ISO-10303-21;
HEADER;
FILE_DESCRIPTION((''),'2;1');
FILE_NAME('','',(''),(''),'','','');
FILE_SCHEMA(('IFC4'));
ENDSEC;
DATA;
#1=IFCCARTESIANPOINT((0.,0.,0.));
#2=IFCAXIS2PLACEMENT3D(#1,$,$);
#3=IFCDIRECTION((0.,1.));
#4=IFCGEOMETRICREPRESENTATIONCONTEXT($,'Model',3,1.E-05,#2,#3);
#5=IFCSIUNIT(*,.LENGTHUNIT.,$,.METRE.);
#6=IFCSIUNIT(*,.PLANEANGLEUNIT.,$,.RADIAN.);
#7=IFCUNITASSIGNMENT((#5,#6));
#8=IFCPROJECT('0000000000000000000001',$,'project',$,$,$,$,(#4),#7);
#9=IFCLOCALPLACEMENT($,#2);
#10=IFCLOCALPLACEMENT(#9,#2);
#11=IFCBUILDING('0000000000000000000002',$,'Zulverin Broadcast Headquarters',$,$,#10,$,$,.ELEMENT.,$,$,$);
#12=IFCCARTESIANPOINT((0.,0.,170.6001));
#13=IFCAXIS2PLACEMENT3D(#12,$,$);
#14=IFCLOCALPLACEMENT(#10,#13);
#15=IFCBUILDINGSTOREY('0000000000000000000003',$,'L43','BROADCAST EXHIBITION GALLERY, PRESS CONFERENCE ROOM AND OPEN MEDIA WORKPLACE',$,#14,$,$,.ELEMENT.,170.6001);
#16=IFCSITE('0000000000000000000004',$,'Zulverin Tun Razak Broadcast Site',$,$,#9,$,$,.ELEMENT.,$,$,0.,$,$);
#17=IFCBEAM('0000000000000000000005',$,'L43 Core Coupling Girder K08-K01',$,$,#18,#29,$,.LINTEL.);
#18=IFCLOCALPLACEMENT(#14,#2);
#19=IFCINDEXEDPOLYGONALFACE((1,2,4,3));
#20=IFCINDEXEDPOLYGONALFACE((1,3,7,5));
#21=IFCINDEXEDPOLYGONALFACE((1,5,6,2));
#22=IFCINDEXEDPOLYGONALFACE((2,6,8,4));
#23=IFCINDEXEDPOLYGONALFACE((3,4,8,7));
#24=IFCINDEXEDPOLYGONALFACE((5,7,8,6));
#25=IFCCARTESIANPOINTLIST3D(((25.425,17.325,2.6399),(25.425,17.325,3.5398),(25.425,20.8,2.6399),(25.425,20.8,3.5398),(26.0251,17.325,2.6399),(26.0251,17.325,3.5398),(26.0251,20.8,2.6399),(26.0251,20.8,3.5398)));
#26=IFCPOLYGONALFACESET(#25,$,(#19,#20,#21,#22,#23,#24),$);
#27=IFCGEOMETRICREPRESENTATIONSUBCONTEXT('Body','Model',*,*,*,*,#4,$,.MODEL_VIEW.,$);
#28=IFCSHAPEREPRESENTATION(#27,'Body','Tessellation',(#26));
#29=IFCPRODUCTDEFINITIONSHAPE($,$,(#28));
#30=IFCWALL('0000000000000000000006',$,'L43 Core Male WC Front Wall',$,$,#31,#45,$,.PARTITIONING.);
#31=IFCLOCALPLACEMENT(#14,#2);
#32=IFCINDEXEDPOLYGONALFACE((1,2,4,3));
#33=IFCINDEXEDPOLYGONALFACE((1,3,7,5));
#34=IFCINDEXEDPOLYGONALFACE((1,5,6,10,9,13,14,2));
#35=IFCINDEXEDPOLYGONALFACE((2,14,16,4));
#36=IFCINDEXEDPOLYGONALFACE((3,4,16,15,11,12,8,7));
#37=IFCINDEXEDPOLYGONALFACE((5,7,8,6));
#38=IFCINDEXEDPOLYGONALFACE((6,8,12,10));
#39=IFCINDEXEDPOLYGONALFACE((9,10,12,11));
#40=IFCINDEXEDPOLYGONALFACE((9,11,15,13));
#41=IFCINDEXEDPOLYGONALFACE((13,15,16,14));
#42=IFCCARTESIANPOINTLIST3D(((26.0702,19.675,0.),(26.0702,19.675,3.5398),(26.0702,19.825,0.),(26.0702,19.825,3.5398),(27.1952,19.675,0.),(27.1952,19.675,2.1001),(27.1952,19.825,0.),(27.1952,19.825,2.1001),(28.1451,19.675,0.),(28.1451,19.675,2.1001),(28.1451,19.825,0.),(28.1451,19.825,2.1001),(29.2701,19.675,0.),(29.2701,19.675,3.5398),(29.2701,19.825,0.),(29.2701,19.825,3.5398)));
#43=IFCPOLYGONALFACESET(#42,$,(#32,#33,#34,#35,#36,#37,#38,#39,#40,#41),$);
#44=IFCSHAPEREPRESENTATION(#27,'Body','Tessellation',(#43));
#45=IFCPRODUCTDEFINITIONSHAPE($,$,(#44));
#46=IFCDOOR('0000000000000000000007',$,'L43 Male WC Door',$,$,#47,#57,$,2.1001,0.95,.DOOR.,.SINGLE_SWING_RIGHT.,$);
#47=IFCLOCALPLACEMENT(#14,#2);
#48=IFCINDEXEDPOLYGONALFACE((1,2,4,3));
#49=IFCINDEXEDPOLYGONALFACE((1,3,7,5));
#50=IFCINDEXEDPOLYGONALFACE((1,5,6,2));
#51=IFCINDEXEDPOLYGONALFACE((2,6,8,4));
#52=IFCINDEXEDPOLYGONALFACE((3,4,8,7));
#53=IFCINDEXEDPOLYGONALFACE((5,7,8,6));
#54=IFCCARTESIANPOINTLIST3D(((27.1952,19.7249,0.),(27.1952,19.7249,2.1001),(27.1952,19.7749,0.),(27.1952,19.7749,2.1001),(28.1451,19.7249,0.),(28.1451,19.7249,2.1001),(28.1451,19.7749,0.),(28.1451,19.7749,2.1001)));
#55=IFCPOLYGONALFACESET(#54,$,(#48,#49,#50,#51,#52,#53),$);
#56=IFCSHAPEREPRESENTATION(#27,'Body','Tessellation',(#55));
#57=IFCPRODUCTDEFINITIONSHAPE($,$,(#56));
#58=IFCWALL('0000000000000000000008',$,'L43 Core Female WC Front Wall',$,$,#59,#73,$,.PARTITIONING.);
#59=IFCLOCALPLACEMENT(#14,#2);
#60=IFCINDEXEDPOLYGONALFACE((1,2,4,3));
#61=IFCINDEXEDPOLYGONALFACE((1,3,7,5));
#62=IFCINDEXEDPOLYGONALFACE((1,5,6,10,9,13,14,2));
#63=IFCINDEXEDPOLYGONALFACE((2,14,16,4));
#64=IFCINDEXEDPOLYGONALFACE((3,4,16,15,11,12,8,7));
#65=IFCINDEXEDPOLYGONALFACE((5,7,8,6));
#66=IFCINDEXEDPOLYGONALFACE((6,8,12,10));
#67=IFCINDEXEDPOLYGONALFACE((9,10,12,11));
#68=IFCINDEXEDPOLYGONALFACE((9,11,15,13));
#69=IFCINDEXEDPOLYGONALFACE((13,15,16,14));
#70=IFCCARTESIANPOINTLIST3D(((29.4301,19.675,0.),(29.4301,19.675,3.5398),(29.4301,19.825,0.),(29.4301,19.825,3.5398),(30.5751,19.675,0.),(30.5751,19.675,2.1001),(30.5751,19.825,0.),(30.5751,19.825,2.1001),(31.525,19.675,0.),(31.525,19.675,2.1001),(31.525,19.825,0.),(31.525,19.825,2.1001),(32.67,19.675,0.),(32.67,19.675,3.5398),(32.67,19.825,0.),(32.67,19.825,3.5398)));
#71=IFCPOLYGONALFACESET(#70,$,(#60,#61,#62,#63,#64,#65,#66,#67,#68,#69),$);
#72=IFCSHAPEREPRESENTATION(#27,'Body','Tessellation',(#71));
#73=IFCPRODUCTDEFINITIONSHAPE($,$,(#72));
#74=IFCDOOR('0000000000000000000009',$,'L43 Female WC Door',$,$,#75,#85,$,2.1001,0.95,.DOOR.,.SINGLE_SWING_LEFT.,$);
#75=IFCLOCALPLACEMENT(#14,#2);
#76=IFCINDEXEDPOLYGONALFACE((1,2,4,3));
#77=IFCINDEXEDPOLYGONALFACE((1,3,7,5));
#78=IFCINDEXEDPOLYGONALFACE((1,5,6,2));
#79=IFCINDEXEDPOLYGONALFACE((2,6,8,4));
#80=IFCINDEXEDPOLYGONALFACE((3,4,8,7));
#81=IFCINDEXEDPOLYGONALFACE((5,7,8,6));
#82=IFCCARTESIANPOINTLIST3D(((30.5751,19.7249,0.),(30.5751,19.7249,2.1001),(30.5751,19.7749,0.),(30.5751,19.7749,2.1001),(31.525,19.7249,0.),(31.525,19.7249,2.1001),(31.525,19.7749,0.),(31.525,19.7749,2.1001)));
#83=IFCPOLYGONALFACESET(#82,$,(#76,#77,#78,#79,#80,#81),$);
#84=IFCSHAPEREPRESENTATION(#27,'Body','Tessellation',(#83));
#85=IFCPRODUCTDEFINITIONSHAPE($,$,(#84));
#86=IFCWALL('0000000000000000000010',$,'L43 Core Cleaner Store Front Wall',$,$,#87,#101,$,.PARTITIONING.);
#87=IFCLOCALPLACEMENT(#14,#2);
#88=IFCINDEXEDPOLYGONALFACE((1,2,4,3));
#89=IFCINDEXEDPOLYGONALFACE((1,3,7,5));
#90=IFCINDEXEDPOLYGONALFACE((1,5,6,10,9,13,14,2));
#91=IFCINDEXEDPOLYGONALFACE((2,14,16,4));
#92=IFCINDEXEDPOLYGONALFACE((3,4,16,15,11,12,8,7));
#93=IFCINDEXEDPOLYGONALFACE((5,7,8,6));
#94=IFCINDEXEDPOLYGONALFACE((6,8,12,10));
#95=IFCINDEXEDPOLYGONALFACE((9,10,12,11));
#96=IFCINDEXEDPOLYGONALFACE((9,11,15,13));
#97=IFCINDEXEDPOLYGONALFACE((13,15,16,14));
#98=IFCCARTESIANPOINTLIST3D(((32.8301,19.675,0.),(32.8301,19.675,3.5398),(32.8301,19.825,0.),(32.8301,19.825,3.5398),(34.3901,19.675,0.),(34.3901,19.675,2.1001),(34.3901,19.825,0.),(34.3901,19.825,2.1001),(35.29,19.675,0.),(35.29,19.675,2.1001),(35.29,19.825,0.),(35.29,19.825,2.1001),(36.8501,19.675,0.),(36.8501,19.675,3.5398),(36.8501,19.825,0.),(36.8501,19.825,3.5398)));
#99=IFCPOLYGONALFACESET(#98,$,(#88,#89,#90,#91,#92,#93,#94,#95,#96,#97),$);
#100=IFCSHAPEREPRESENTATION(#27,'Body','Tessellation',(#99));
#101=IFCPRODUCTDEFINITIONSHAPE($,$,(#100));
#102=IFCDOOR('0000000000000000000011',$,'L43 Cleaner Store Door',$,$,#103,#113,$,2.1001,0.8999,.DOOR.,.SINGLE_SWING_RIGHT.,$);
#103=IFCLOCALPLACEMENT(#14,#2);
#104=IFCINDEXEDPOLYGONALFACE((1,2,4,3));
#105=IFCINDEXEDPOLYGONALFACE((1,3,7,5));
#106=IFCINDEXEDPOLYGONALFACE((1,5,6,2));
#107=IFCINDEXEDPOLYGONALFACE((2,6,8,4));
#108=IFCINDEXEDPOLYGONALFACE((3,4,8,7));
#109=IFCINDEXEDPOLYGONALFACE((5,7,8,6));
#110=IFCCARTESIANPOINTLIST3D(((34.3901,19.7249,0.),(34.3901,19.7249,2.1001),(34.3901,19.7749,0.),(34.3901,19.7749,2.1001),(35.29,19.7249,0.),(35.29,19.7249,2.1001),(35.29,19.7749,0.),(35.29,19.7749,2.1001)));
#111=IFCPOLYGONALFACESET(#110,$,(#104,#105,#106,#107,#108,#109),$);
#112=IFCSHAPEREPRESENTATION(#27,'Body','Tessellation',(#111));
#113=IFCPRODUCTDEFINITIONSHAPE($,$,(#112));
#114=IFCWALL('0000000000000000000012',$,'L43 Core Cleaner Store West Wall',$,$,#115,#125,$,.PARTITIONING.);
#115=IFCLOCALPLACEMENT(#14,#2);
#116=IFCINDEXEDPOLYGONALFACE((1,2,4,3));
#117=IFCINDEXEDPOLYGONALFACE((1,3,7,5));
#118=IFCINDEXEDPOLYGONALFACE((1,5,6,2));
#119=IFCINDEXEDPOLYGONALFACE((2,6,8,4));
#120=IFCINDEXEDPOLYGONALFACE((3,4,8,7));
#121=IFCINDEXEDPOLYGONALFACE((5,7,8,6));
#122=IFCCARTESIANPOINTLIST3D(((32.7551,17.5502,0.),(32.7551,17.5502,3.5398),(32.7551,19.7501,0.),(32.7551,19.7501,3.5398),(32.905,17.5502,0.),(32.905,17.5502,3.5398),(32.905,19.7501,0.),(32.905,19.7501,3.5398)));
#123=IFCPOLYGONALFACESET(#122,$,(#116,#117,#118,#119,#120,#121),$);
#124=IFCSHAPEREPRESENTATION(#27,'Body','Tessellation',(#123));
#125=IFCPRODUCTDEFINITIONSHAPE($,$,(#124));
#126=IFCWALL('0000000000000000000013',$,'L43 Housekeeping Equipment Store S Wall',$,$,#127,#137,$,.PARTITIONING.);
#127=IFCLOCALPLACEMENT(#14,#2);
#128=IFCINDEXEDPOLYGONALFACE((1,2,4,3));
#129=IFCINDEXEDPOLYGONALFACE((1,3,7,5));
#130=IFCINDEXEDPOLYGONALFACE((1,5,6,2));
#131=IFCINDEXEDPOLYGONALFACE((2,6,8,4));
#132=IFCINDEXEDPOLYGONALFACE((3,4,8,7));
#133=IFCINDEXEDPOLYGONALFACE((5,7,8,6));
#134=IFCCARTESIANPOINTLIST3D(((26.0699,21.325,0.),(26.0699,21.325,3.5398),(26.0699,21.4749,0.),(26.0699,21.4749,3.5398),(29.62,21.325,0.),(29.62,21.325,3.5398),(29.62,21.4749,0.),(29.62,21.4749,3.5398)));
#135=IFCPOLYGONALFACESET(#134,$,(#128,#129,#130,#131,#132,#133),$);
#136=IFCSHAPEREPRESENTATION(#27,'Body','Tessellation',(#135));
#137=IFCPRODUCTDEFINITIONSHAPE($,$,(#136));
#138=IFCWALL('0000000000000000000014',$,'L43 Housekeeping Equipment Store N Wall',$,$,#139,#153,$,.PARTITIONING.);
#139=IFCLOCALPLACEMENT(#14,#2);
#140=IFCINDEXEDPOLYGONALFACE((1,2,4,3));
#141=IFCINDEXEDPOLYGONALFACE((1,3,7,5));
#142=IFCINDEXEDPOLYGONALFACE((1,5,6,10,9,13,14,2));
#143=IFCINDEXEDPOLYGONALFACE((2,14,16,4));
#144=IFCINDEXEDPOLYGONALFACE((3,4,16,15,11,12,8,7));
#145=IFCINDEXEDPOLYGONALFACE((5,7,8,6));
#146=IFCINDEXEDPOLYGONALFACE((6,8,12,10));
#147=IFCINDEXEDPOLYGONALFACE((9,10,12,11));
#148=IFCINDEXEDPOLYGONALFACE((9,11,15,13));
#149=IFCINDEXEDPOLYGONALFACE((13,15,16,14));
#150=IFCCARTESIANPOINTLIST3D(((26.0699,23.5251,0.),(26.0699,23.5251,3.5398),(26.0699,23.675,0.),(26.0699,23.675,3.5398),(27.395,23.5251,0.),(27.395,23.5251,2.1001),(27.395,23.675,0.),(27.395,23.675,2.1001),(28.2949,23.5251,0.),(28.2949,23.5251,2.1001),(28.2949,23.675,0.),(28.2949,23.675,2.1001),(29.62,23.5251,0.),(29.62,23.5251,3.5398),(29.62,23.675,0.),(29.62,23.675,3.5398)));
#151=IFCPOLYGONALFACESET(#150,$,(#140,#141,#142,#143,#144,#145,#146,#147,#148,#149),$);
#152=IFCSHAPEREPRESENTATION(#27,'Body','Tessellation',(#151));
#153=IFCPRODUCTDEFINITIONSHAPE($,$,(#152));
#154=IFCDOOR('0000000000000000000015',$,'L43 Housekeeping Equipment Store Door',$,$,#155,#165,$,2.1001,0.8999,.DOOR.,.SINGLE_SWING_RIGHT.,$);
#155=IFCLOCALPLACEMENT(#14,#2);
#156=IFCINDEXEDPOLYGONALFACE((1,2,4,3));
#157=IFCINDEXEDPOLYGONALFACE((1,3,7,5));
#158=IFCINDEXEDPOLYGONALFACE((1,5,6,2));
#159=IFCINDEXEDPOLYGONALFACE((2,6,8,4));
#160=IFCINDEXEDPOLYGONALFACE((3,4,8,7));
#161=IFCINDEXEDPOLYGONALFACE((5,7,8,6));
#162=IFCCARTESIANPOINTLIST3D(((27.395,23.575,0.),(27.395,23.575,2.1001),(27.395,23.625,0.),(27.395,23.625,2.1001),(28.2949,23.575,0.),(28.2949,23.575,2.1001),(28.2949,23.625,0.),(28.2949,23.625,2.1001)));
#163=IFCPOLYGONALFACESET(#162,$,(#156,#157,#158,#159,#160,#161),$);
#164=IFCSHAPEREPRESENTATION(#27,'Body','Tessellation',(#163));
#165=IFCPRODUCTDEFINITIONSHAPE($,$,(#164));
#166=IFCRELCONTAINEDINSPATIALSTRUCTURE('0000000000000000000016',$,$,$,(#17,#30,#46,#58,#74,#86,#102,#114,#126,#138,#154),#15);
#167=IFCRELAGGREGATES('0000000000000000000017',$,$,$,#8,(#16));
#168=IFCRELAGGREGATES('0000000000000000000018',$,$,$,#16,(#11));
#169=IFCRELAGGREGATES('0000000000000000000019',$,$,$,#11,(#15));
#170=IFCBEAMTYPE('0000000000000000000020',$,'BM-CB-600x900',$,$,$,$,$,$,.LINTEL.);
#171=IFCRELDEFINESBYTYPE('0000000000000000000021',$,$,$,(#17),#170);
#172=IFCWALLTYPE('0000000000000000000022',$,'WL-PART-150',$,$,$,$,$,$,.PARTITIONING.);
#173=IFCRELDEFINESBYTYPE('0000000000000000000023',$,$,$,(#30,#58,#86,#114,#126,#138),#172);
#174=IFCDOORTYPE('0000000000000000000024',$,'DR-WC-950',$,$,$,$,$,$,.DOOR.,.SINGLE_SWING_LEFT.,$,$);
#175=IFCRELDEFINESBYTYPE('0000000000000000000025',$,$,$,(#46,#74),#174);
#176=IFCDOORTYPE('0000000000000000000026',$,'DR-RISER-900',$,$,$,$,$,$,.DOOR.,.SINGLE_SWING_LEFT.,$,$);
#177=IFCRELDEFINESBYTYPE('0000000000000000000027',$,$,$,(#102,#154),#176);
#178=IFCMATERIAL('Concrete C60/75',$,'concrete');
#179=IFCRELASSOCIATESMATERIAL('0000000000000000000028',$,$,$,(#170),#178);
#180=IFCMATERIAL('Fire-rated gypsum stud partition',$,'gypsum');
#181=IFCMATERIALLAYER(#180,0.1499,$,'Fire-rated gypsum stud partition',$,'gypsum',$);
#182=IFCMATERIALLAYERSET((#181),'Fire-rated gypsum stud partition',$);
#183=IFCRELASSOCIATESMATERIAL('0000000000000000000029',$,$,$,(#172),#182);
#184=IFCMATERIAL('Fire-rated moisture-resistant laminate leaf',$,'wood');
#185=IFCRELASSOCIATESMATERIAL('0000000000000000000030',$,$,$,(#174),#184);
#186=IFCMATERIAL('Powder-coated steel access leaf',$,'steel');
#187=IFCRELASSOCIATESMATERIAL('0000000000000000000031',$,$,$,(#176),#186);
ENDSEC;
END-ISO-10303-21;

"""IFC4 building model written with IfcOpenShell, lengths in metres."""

from ifc_helpers import new_model, si_unit, direction, frame, frame_2d, origin, origin_2d, place, context, subcontext, project, spatial, rectangle, extrude, material, layer, layer_set, material_profile, profile_set, type_object, element, fill, save


model = new_model("IFC4")

# Units and contexts
model_context = context("Model", 3, precision=1e-05, world=origin(), true_north=direction((0.0, 1.0)))
body_context = subcontext(model_context, "Body", "Model", "MODEL_VIEW")
ifc_project = project(units=[si_unit("LENGTHUNIT", "METRE"), si_unit("PLANEANGLEUNIT", "RADIAN")], contexts=[model_context])

# Site, building, storey
site_placement = place(None, origin())
site = spatial("IfcSite", under=ifc_project, at=site_placement, Name="Zulverin Tun Razak Broadcast Site", CompositionType="ELEMENT", RefElevation=0.0)
building_placement = place(site_placement, origin())
building = spatial("IfcBuilding", under=site, at=building_placement, Name="Zulverin Broadcast Headquarters", CompositionType="ELEMENT")
storey_placement = place(building_placement, frame((0.0, 0.0, 170.6001)))
storey = spatial("IfcBuildingStorey", under=building, at=storey_placement, Name="L43", Description="BROADCAST EXHIBITION GALLERY, PRESS CONFERENCE ROOM AND OPEN MEDIA WORKPLACE", CompositionType="ELEMENT", Elevation=170.6001)

# Beam
ifc_material_1 = material(Name="Concrete C60/75", Category="concrete")
ifc_material_profile = material_profile(ifc_material_1, rectangle(XDim=0.6001, YDim=0.8999, at=origin_2d()), Name="Concrete C60/75", Category="concrete")
ifc_profile_set = profile_set([ifc_material_profile], Name="Concrete C60/75")
beam_type = type_object("IfcBeamType", Name="BM-CB-600x900", PredefinedType="LINTEL", material=ifc_profile_set)
beam_placement = place(storey_placement, frame((25.7251, 20.8, 3.0898), z_axis=(0.0, -1.0, 0.0), x_axis=(1.0, 0.0, 0.0)))
element("IfcBeam", 1, at=beam_placement, inside=storey, type_object=beam_type, Name="L43 Core Coupling Girder K08-K01", PredefinedType="LINTEL", context=body_context, shape_type="SweptSolid", body=[
    extrude(rectangle(XDim=0.6001, YDim=0.8999, at=origin_2d()), origin(), (0.0, 0.0, 1.0), 3.4751),
])

# Walls, openings, doors
ifc_material_2 = material(Name="Fire-rated gypsum stud partition", Category="gypsum")
ifc_layer_1 = layer(ifc_material_2, 0.1499, Name="Fire-rated gypsum stud partition", Category="gypsum")
ifc_layer_set_1 = layer_set([ifc_layer_1], Name="Fire-rated gypsum stud partition")
wall_type_1 = type_object("IfcWallType", Name="WL-PART-150", PredefinedType="PARTITIONING", material=ifc_layer_set_1)
wall_1_placement = place(storey_placement, frame((26.0701, 19.75, 0.0), z_axis=(0.0, 0.0, 1.0), x_axis=(1.0, 0.0, 0.0)))
wall_1 = element("IfcWall", 2, at=wall_1_placement, inside=storey, type_object=wall_type_1, Name="L43 Core Male WC Front Wall", PredefinedType="PARTITIONING", context=body_context, shape_type="SweptSolid", body=[
    extrude(rectangle(XDim=3.2, YDim=0.1499, at=frame_2d((1.6001, 0.0))), origin(), (0.0, 0.0, 1.0), 3.5398),
])
opening_1_placement = place(wall_1_placement, frame((1.125, 0.0, 0.0)))
opening_1 = element("IfcOpeningElement", 3, at=opening_1_placement, cuts=wall_1, PredefinedType="OPENING", context=body_context, shape_type="SweptSolid", body=[
    extrude(rectangle(XDim=0.95, YDim=2.1001, at=frame_2d((0.4751, 1.05))), frame((0.0, 0.085, 0.0), z_axis=(0.0, -1.0, 0.0), x_axis=(1.0, 0.0, 0.0)), (0.0, 0.0, 1.0), 0.1699),
])
ifc_material_3 = material(Name="Fire-rated moisture-resistant laminate leaf", Category="wood")
door_type_1 = type_object("IfcDoorType", Name="DR-WC-950", OperationType="SINGLE_SWING_LEFT", PredefinedType="DOOR", material=ifc_material_3)
door_1_placement = place(opening_1_placement, origin())
door_1 = element("IfcDoor", 4, at=door_1_placement, inside=storey, type_object=door_type_1, Name="L43 Male WC Door", OperationType="SINGLE_SWING_RIGHT", OverallHeight=2.1001, OverallWidth=0.95, PredefinedType="DOOR", context=body_context, shape_type="SweptSolid", body=[
    extrude(rectangle(XDim=0.95, YDim=2.1001, at=frame_2d((0.4751, 1.05))), frame((0.0, 0.0249, 0.0), z_axis=(0.0, -1.0, 0.0), x_axis=(1.0, 0.0, 0.0)), (0.0, 0.0, 1.0), 0.05),
])
fill(opening_1, door_1)
wall_2_placement = place(storey_placement, frame((29.4299, 19.75, 0.0), z_axis=(0.0, 0.0, 1.0), x_axis=(1.0, 0.0, 0.0)))
wall_2 = element("IfcWall", 5, at=wall_2_placement, inside=storey, type_object=wall_type_1, Name="L43 Core Female WC Front Wall", PredefinedType="PARTITIONING", context=body_context, shape_type="SweptSolid", body=[
    extrude(rectangle(XDim=3.24, YDim=0.1499, at=frame_2d((1.6201, 0.0))), origin(), (0.0, 0.0, 1.0), 3.5398),
])
opening_2_placement = place(wall_2_placement, frame((1.145, 0.0, 0.0)))
opening_2 = element("IfcOpeningElement", 6, at=opening_2_placement, cuts=wall_2, PredefinedType="OPENING", context=body_context, shape_type="SweptSolid", body=[
    extrude(rectangle(XDim=0.95, YDim=2.1001, at=frame_2d((0.4751, 1.05))), frame((0.0, 0.085, 0.0), z_axis=(0.0, -1.0, 0.0), x_axis=(1.0, 0.0, 0.0)), (0.0, 0.0, 1.0), 0.1699),
])
door_2_placement = place(opening_2_placement, origin())
door_2 = element("IfcDoor", 7, at=door_2_placement, inside=storey, type_object=door_type_1, Name="L43 Female WC Door", OperationType="SINGLE_SWING_LEFT", OverallHeight=2.1001, OverallWidth=0.95, PredefinedType="DOOR", context=body_context, shape_type="SweptSolid", body=[
    extrude(rectangle(XDim=0.95, YDim=2.1001, at=frame_2d((0.4751, 1.05))), frame((0.0, 0.0249, 0.0), z_axis=(0.0, -1.0, 0.0), x_axis=(1.0, 0.0, 0.0)), (0.0, 0.0, 1.0), 0.05),
])
fill(opening_2, door_2)
wall_3_placement = place(storey_placement, frame((32.8301, 19.75, 0.0), z_axis=(0.0, 0.0, 1.0), x_axis=(1.0, 0.0, 0.0)))
wall_3 = element("IfcWall", 8, at=wall_3_placement, inside=storey, type_object=wall_type_1, Name="L43 Core Cleaner Store Front Wall", PredefinedType="PARTITIONING", context=body_context, shape_type="SweptSolid", body=[
    extrude(rectangle(XDim=4.02, YDim=0.1499, at=frame_2d((2.01, 0.0))), origin(), (0.0, 0.0, 1.0), 3.5398),
])
opening_3_placement = place(wall_3_placement, frame((1.5601, 0.0, 0.0)))
opening_3 = element("IfcOpeningElement", 9, at=opening_3_placement, cuts=wall_3, PredefinedType="OPENING", context=body_context, shape_type="SweptSolid", body=[
    extrude(rectangle(XDim=0.8999, YDim=2.1001, at=frame_2d((0.45, 1.05))), frame((0.0, 0.085, 0.0), z_axis=(0.0, -1.0, 0.0), x_axis=(1.0, 0.0, 0.0)), (0.0, 0.0, 1.0), 0.1699),
])
ifc_material_4 = material(Name="Powder-coated steel access leaf", Category="steel")
door_type_2 = type_object("IfcDoorType", Name="DR-RISER-900", OperationType="SINGLE_SWING_LEFT", PredefinedType="DOOR", material=ifc_material_4)
door_3_placement = place(opening_3_placement, origin())
door_3 = element("IfcDoor", 10, at=door_3_placement, inside=storey, type_object=door_type_2, Name="L43 Cleaner Store Door", OperationType="SINGLE_SWING_RIGHT", OverallHeight=2.1001, OverallWidth=0.8999, PredefinedType="DOOR", context=body_context, shape_type="SweptSolid", body=[
    extrude(rectangle(XDim=0.8999, YDim=2.1001, at=frame_2d((0.45, 1.05))), frame((0.0, 0.0249, 0.0), z_axis=(0.0, -1.0, 0.0), x_axis=(1.0, 0.0, 0.0)), (0.0, 0.0, 1.0), 0.05),
])
fill(opening_3, door_3)

# Walls
wall_4_placement = place(storey_placement, frame((32.8301, 17.55, 0.0), z_axis=(0.0, 0.0, 1.0), x_axis=(0.0, 1.0, 0.0)))
element("IfcWall", 11, at=wall_4_placement, inside=storey, type_object=wall_type_1, Name="L43 Core Cleaner Store West Wall", PredefinedType="PARTITIONING", context=body_context, shape_type="SweptSolid", body=[
    extrude(rectangle(XDim=2.2, YDim=0.1499, at=frame_2d((1.1001, 0.0))), origin(), (0.0, 0.0, 1.0), 3.5398),
])
wall_5_placement = place(storey_placement, frame((26.0701, 21.3999, 0.0), z_axis=(0.0, 0.0, 1.0), x_axis=(1.0, 0.0, 0.0)))
element("IfcWall", 12, at=wall_5_placement, inside=storey, type_object=wall_type_1, Name="L43 Housekeeping Equipment Store S Wall", PredefinedType="PARTITIONING", context=body_context, shape_type="SweptSolid", body=[
    extrude(rectangle(XDim=3.55, YDim=0.1499, at=frame_2d((1.7749, 0.0))), origin(), (0.0, 0.0, 1.0), 3.5398),
])

# Wall, opening, door
wall_6_placement = place(storey_placement, frame((26.0701, 23.6001, 0.0), z_axis=(0.0, 0.0, 1.0), x_axis=(1.0, 0.0, 0.0)))
wall_6 = element("IfcWall", 13, at=wall_6_placement, inside=storey, type_object=wall_type_1, Name="L43 Housekeeping Equipment Store N Wall", PredefinedType="PARTITIONING", context=body_context, shape_type="SweptSolid", body=[
    extrude(rectangle(XDim=3.55, YDim=0.1499, at=frame_2d((1.7749, 0.0))), origin(), (0.0, 0.0, 1.0), 3.5398),
])
opening_4_placement = place(wall_6_placement, frame((1.325, 0.0, 0.0)))
opening_4 = element("IfcOpeningElement", 14, at=opening_4_placement, cuts=wall_6, PredefinedType="OPENING", context=body_context, shape_type="SweptSolid", body=[
    extrude(rectangle(XDim=0.8999, YDim=2.1001, at=frame_2d((0.45, 1.05))), frame((0.0, 0.085, 0.0), z_axis=(0.0, -1.0, 0.0), x_axis=(1.0, 0.0, 0.0)), (0.0, 0.0, 1.0), 0.1699),
])
door_4_placement = place(opening_4_placement, origin())
door_4 = element("IfcDoor", 15, at=door_4_placement, inside=storey, type_object=door_type_2, Name="L43 Housekeeping Equipment Store Door", OperationType="SINGLE_SWING_RIGHT", OverallHeight=2.1001, OverallWidth=0.8999, PredefinedType="DOOR", context=body_context, shape_type="SweptSolid", body=[
    extrude(rectangle(XDim=0.8999, YDim=2.1001, at=frame_2d((0.45, 1.05))), frame((0.0, 0.0249, 0.0), z_axis=(0.0, -1.0, 0.0), x_axis=(1.0, 0.0, 0.0)), (0.0, 0.0, 1.0), 0.05),
])
fill(opening_4, door_4)

save(model, "model.ifc")
